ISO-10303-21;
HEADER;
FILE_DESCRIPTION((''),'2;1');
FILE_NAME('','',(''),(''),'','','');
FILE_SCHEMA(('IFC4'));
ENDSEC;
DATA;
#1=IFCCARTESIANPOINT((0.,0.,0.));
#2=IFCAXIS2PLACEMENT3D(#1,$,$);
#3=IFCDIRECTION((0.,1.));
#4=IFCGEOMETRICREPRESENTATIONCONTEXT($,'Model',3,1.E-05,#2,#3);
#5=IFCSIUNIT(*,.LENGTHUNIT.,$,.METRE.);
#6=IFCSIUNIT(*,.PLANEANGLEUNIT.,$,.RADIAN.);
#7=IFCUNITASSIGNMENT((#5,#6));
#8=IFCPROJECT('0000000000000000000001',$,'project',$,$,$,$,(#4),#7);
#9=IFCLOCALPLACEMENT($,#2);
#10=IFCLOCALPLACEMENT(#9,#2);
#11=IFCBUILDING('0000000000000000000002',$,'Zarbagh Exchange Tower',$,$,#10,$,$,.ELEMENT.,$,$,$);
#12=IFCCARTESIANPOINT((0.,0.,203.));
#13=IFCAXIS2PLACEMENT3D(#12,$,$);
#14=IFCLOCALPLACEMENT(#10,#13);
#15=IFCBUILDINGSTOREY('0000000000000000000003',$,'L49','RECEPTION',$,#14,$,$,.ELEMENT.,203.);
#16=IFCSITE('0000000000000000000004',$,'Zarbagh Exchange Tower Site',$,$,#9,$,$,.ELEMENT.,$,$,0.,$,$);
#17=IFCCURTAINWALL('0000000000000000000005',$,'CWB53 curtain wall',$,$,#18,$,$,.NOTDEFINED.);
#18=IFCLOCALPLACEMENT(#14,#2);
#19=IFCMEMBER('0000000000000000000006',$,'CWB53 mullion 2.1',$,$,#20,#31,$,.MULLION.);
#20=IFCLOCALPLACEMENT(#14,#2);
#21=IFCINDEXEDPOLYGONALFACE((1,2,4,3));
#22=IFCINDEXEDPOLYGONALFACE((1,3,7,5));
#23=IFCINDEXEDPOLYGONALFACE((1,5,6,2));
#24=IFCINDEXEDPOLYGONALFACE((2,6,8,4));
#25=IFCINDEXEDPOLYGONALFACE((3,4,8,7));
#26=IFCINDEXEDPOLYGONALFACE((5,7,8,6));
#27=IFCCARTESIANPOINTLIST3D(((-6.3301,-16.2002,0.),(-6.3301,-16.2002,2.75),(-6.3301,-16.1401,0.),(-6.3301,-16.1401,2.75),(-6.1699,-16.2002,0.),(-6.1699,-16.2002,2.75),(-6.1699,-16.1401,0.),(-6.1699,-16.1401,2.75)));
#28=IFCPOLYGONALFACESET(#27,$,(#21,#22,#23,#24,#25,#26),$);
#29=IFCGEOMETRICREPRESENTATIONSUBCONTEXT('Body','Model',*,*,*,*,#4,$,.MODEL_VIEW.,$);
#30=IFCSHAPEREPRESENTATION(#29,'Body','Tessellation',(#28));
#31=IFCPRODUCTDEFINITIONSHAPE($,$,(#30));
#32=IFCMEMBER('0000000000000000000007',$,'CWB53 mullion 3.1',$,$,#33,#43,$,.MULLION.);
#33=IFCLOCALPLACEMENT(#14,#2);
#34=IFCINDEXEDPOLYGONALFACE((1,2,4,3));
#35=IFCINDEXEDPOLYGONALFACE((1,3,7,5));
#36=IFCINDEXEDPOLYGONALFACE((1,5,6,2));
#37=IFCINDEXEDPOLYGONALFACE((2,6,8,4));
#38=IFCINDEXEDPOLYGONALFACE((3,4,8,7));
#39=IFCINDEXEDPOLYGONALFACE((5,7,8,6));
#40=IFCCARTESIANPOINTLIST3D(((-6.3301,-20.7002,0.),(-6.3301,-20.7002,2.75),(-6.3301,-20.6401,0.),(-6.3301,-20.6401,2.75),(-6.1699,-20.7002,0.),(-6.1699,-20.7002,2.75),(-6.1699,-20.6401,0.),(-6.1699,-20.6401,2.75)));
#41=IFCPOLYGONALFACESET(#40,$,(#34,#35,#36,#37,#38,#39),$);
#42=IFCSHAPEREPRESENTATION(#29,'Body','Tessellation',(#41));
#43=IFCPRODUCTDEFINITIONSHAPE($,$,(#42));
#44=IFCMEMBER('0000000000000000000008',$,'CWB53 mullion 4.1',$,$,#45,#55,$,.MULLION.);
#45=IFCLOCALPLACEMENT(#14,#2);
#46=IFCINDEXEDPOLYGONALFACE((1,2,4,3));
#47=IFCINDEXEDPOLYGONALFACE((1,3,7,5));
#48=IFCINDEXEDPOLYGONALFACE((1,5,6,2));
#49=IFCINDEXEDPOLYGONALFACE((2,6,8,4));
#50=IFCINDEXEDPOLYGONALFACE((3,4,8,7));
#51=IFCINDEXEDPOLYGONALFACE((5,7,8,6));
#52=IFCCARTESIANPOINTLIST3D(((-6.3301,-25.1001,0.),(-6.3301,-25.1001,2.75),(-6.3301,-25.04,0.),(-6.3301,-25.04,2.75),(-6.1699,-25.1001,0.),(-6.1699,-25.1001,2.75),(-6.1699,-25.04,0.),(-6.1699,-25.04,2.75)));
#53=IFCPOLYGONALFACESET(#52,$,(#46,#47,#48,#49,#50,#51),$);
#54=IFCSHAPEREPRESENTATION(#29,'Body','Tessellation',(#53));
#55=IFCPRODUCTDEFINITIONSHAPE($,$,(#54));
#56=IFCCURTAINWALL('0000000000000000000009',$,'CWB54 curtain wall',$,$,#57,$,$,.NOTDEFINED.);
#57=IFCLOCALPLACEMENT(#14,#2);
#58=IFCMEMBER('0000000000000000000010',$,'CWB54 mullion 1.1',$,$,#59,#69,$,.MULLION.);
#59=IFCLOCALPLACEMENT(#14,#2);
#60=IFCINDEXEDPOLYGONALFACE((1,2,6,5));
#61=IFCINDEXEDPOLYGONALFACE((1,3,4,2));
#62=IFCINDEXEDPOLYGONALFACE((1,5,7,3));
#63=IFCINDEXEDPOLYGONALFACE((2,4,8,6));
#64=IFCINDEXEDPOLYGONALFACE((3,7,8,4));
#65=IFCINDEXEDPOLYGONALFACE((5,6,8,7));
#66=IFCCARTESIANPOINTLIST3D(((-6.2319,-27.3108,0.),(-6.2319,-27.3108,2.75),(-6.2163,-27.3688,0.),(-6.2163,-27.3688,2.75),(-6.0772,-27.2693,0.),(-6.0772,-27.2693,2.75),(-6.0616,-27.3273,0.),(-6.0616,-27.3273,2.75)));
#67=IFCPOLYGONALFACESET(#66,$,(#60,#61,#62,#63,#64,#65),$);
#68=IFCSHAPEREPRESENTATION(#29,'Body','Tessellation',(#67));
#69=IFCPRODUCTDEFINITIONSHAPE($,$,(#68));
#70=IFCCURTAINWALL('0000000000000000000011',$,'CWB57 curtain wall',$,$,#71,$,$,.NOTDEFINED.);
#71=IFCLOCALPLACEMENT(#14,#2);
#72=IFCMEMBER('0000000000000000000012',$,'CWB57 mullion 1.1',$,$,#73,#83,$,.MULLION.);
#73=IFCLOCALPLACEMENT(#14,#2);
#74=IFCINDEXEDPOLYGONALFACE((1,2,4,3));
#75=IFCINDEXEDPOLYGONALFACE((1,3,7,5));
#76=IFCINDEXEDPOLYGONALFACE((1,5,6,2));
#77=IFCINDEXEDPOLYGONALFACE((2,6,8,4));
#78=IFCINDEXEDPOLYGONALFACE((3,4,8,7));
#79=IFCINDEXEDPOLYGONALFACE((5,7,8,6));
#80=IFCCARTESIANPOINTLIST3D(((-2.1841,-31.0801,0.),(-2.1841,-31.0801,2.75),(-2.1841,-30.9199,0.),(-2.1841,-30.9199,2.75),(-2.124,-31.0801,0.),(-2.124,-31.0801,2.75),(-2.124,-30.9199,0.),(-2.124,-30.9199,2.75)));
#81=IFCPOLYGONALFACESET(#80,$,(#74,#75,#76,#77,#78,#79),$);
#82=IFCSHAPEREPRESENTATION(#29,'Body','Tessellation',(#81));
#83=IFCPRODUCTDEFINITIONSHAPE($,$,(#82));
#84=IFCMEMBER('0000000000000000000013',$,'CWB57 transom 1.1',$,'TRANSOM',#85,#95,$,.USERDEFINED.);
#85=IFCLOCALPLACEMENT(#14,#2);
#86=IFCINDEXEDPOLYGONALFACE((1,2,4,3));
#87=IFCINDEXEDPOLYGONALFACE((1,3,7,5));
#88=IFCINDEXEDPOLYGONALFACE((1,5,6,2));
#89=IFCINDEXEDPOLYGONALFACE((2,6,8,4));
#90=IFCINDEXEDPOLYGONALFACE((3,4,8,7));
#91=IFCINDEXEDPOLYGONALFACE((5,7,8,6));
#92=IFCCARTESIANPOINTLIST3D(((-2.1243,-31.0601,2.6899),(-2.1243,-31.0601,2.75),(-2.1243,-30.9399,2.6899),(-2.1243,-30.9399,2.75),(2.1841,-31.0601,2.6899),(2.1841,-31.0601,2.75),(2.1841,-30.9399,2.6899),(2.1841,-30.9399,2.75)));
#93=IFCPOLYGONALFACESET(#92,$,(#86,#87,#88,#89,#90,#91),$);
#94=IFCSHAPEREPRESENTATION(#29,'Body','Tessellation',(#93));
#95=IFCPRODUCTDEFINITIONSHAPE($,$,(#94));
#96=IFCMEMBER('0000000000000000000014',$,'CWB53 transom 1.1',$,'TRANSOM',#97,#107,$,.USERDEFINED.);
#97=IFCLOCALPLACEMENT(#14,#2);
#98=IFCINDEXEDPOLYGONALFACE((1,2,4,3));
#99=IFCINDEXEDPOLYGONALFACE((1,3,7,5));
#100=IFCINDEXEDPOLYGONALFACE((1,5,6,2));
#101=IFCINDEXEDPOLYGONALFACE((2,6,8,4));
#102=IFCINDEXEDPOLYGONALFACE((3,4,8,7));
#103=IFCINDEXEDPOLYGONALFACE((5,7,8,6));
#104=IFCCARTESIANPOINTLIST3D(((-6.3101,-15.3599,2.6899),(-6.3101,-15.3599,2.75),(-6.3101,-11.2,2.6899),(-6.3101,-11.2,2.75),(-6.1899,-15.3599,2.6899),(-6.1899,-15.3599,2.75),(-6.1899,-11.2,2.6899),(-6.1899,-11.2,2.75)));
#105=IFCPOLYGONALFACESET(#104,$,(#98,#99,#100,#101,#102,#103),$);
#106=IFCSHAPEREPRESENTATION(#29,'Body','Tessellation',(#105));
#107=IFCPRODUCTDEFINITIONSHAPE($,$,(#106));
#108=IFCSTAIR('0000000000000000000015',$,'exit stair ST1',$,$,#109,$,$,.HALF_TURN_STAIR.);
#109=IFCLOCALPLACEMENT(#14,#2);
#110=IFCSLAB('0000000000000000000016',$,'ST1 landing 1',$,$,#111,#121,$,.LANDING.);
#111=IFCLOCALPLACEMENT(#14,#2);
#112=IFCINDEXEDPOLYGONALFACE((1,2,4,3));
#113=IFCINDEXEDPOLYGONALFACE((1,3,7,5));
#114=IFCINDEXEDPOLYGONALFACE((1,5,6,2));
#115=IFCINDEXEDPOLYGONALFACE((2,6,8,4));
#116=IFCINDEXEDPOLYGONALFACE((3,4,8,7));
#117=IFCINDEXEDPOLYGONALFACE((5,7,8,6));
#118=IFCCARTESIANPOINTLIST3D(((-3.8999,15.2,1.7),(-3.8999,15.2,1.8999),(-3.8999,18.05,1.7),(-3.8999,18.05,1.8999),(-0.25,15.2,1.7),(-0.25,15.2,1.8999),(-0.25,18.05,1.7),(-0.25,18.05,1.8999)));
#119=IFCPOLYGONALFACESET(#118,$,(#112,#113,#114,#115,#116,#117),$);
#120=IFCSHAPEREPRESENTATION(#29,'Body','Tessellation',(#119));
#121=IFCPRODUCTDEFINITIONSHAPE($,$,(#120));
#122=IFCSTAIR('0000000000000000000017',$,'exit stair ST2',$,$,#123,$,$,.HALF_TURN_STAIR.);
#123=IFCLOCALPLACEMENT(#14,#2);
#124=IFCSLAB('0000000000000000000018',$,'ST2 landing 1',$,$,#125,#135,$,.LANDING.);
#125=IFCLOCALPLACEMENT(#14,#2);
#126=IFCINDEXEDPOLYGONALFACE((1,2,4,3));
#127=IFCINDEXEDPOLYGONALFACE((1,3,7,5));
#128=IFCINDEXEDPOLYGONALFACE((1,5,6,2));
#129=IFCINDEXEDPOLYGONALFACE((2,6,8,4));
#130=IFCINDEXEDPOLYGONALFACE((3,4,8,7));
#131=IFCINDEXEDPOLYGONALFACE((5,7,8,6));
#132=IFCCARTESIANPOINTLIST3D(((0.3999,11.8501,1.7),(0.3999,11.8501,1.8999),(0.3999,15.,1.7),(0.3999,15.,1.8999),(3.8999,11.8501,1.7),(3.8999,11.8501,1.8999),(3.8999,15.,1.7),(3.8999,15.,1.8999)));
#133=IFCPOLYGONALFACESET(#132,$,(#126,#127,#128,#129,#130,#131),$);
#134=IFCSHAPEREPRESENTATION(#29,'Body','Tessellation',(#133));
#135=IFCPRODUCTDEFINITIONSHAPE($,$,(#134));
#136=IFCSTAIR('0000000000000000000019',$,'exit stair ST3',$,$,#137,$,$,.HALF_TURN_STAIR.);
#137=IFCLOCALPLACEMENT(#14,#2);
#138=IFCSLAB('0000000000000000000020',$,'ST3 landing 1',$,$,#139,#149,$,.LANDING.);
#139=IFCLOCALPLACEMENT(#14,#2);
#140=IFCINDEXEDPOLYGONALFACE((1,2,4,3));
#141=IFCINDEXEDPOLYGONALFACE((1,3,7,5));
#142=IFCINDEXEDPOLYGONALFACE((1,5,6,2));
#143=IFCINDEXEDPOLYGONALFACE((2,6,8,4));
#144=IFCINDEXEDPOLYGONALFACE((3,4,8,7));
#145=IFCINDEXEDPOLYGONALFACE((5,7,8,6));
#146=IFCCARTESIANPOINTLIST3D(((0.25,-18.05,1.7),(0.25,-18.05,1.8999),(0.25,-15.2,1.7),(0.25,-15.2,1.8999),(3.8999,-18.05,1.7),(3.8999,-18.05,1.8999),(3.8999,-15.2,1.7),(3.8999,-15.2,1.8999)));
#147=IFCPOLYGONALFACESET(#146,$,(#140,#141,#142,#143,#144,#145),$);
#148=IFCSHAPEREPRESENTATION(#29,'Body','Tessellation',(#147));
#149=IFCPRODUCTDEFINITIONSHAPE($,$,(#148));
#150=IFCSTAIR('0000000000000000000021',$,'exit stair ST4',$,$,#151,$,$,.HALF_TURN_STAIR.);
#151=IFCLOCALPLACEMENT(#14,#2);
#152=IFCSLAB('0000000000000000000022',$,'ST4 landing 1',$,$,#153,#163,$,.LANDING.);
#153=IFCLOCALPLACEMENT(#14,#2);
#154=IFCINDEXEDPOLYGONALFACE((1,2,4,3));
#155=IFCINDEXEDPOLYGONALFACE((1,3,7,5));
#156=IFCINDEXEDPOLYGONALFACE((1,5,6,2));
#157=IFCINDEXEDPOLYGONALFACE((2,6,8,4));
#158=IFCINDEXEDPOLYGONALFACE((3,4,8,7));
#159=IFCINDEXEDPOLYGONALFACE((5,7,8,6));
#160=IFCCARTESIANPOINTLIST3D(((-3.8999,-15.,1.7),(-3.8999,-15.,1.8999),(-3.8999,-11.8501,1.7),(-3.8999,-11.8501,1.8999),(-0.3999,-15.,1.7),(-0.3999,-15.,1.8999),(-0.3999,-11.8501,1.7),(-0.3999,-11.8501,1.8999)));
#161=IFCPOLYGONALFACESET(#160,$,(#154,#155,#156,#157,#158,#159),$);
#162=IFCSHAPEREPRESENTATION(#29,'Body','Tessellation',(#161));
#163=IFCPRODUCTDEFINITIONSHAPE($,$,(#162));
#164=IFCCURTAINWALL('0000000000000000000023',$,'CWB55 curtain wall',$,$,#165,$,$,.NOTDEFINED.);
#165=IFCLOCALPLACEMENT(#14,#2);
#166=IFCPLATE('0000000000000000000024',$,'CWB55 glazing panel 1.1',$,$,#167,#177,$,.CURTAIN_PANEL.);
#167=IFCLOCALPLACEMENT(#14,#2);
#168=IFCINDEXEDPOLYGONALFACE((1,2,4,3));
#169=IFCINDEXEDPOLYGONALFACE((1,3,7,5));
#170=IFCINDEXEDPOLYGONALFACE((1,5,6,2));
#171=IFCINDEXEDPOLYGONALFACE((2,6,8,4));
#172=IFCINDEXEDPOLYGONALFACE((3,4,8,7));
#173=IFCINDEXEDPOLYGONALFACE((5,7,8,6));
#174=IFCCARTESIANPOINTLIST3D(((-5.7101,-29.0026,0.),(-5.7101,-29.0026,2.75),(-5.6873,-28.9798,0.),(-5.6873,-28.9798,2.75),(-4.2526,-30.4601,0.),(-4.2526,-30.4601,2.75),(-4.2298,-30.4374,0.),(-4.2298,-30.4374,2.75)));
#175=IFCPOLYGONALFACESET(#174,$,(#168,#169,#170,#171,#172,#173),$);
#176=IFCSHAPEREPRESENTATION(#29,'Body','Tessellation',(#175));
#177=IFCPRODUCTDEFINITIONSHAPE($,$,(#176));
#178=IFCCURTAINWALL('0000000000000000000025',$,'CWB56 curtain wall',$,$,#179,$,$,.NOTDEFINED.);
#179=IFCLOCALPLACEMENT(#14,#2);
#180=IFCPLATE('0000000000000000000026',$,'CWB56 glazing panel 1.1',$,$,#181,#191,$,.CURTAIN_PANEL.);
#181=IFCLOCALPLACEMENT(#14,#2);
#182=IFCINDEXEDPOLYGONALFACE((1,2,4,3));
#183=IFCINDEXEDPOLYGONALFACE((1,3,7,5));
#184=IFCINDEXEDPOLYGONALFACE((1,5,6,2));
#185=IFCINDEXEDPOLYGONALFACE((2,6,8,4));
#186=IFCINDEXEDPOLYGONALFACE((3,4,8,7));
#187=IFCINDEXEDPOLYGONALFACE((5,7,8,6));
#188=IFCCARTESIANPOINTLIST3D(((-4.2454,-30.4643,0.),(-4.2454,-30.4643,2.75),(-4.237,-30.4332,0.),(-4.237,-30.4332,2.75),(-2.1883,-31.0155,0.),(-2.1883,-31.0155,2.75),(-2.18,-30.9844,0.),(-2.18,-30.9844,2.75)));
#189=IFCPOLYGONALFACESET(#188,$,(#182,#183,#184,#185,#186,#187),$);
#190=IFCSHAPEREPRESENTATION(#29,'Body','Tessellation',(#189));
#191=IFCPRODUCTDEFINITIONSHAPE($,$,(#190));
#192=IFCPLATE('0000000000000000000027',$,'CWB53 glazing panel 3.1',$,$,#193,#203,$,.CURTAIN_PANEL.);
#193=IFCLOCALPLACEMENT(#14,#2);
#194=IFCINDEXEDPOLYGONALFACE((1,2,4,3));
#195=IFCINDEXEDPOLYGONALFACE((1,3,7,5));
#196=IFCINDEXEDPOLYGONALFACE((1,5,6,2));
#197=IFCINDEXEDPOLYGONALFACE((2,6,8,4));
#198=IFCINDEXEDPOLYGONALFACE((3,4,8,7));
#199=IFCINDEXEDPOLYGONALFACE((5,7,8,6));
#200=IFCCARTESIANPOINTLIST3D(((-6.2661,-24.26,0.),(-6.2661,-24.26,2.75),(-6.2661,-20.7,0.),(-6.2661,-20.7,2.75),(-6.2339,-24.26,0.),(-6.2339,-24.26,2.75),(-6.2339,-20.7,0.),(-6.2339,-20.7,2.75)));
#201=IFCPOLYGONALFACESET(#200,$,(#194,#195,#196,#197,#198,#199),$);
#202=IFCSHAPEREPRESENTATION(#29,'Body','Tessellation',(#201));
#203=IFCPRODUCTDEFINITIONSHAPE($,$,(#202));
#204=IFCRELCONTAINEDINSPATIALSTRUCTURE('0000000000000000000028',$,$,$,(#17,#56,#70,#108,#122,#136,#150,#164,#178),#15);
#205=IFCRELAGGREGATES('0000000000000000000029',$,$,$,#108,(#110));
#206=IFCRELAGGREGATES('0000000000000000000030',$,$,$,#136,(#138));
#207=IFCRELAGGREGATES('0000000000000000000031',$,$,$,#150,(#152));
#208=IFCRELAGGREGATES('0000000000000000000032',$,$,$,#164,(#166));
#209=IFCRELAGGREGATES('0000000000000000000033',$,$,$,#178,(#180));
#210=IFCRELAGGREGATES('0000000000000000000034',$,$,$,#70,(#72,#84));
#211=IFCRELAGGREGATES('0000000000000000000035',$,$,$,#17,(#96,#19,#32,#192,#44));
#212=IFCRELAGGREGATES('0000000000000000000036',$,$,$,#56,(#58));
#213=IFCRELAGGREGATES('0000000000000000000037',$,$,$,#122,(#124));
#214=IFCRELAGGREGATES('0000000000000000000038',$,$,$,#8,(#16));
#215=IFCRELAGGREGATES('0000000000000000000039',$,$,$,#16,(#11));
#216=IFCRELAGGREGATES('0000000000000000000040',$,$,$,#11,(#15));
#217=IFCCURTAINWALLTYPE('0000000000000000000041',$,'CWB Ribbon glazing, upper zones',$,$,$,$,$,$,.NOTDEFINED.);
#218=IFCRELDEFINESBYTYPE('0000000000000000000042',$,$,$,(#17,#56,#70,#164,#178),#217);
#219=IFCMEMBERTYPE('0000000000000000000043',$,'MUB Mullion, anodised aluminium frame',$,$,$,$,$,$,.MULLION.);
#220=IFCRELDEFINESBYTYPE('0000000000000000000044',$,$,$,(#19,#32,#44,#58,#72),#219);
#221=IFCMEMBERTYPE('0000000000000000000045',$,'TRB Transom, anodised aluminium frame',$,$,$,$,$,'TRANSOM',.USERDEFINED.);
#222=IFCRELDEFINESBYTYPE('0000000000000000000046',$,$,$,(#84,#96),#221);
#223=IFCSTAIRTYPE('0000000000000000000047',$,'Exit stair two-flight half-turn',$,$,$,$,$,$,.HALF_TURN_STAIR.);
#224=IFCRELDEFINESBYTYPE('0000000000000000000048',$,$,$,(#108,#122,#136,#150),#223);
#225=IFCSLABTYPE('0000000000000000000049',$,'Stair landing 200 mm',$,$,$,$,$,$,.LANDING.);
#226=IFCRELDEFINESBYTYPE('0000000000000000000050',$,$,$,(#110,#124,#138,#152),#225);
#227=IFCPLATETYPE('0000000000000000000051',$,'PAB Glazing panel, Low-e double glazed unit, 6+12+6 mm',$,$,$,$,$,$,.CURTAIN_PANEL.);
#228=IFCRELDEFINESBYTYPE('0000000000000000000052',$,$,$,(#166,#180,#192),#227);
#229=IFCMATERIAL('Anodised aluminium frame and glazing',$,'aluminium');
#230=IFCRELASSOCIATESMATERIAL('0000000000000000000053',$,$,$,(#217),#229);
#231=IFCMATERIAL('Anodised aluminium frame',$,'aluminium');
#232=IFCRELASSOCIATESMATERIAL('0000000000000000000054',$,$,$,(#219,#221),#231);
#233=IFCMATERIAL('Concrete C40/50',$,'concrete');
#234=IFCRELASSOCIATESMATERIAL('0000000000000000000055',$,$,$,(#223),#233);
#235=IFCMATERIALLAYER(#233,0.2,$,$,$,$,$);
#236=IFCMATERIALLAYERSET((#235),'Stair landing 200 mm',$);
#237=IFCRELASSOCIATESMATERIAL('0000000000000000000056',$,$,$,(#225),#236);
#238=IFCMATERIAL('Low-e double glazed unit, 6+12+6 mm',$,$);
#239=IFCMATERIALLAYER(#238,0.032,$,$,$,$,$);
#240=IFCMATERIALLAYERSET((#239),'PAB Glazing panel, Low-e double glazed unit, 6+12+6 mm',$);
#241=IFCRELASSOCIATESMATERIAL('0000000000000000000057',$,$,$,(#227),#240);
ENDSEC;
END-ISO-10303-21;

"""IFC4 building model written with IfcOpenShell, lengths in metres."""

from ifc_helpers import new_model, si_unit, direction, frame, origin, place, context, subcontext, project, spatial, polyline, outline, extrude, source, transform, mapped, material, layer, layer_set, type_object, element, aggregate, save


model = new_model("IFC4")

# Units and contexts
model_context = context("Model", 3, precision=1e-05, world=origin(), true_north=direction((0.0, 1.0)))
body_context = subcontext(model_context, "Body", "Model", "MODEL_VIEW")
ifc_project = project(units=[si_unit("LENGTHUNIT", "METRE"), si_unit("PLANEANGLEUNIT", "RADIAN")], contexts=[model_context])

# Site, building, storey
site_placement = place(None, origin())
site = spatial("IfcSite", under=ifc_project, at=site_placement, Name="Zarbagh Exchange Tower Site", CompositionType="ELEMENT", RefElevation=0.0)
building_placement = place(site_placement, origin())
building = spatial("IfcBuilding", under=site, at=building_placement, Name="Zarbagh Exchange Tower", CompositionType="ELEMENT")
storey_placement = place(building_placement, frame((0.0, 0.0, 203.0)))
storey = spatial("IfcBuildingStorey", under=building, at=storey_placement, Name="L49", Description="RECEPTION", CompositionType="ELEMENT", Elevation=203.0)

# Curtain wall, members
ifc_material_1 = material(Name="Anodised aluminium frame and glazing", Category="aluminium")
curtain_wall_type = type_object("IfcCurtainWallType", Name="CWB Ribbon glazing, upper zones", PredefinedType="NOTDEFINED", material=ifc_material_1)
curtain_wall_1_placement = place(storey_placement, origin())
curtain_wall_1 = element("IfcCurtainWall", 1, at=curtain_wall_1_placement, inside=storey, type_object=curtain_wall_type, Name="CWB53 curtain wall", PredefinedType="NOTDEFINED")
ifc_material_2 = material(Name="Anodised aluminium frame", Category="aluminium")
member_type_1 = type_object("IfcMemberType", Name="MUB Mullion, anodised aluminium frame", PredefinedType="MULLION", material=ifc_material_2)
shared_shape_1 = source(origin(), body_context, "Body", "SweptSolid", [
    extrude(outline(polyline([(0.0, -0.0801), (0.0601, -0.0801), (0.0601, 0.0801), (0.0, 0.0801), (0.0, -0.0801)])), origin(), (0.0, 0.0, 1.0), 2.75),
])
placement = place(storey_placement, origin())
member_1 = element("IfcMember", 2, at=placement, type_object=member_type_1, Name="CWB53 mullion 2.1", PredefinedType="MULLION", context=body_context, shape_type="MappedRepresentation", body=[
    mapped(shared_shape_1, transform((-6.25, -16.1401, 0.0), x_axis=(0.0, -1.0, 0.0), y_axis=(1.0, 0.0, 0.0), z_axis=(0.0, 0.0, 1.0))),
])
member_2 = element("IfcMember", 3, at=placement, type_object=member_type_1, Name="CWB53 mullion 3.1", PredefinedType="MULLION", context=body_context, shape_type="MappedRepresentation", body=[
    mapped(shared_shape_1, transform((-6.25, -20.6401, 0.0), x_axis=(0.0, -1.0, 0.0), y_axis=(1.0, 0.0, 0.0), z_axis=(0.0, 0.0, 1.0))),
])
member_3 = element("IfcMember", 4, at=placement, type_object=member_type_1, Name="CWB53 mullion 4.1", PredefinedType="MULLION", context=body_context, shape_type="MappedRepresentation", body=[
    mapped(shared_shape_1, transform((-6.25, -25.04, 0.0), x_axis=(0.0, -1.0, 0.0), y_axis=(1.0, 0.0, 0.0), z_axis=(0.0, 0.0, 1.0))),
])

# Curtain wall, member
curtain_wall_2_placement = place(storey_placement, origin())
curtain_wall_2 = element("IfcCurtainWall", 5, at=curtain_wall_2_placement, inside=storey, type_object=curtain_wall_type, Name="CWB54 curtain wall", PredefinedType="NOTDEFINED")
member_4 = element("IfcMember", 6, at=placement, type_object=member_type_1, Name="CWB54 mullion 1.1", PredefinedType="MULLION", context=body_context, shape_type="MappedRepresentation", body=[
    mapped(shared_shape_1, transform((-6.1545, -27.29, 0.0), x_axis=(0.258825, -0.965924, 0.0), y_axis=(0.965924, 0.258825, 0.0), z_axis=(0.0, 0.0, 1.0))),
])

# Curtain wall, members
curtain_wall_3_placement = place(storey_placement, origin())
curtain_wall_3 = element("IfcCurtainWall", 7, at=curtain_wall_3_placement, inside=storey, type_object=curtain_wall_type, Name="CWB57 curtain wall", PredefinedType="NOTDEFINED")
member_5 = element("IfcMember", 8, at=placement, type_object=member_type_1, Name="CWB57 mullion 1.1", PredefinedType="MULLION", context=body_context, shape_type="MappedRepresentation", body=[
    mapped(shared_shape_1, transform((-2.1841, -31.0, 0.0), x_axis=(1.0, 0.0, 0.0), y_axis=(0.0, 1.0, 0.0), z_axis=(0.0, 0.0, 1.0))),
])
member_type_2 = type_object("IfcMemberType", Name="TRB Transom, anodised aluminium frame", ElementType="TRANSOM", PredefinedType="USERDEFINED", material=ifc_material_2)
shared_shape_2 = source(origin(), body_context, "Body", "SweptSolid", [
    extrude(outline(polyline([(-0.0601, -0.0601), (0.0, -0.0601), (0.0, 0.0601), (-0.0601, 0.0601), (-0.0601, -0.0601)])), origin(), (0.0, 0.0, 1.0), 4.3083),
])
member_6 = element("IfcMember", 9, at=placement, type_object=member_type_2, Name="CWB57 transom 1.1", ObjectType="TRANSOM", PredefinedType="USERDEFINED", context=body_context, shape_type="MappedRepresentation", body=[
    mapped(shared_shape_2, transform((-2.1243, -31.0, 2.75), x_axis=(0.0, 0.0, 1.0), y_axis=(0.0, -1.0, 0.0), z_axis=(1.0, 0.0, 0.0))),
])

# Member
shared_shape_3 = source(origin(), body_context, "Body", "SweptSolid", [
    extrude(outline(polyline([(-0.0601, -0.0601), (0.0, -0.0601), (0.0, 0.0601), (-0.0601, 0.0601), (-0.0601, -0.0601)])), origin(), (0.0, 0.0, 1.0), 4.1599),
])
member_7 = element("IfcMember", 10, at=placement, type_object=member_type_2, Name="CWB53 transom 1.1", ObjectType="TRANSOM", PredefinedType="USERDEFINED", context=body_context, shape_type="MappedRepresentation", body=[
    mapped(shared_shape_3, transform((-6.25, -11.2, 2.75), x_axis=(0.0, 0.0, 1.0), y_axis=(-1.0, 0.0, 0.0), z_axis=(0.0, -1.0, 0.0))),
])

# Stairs, slabs
ifc_material_3 = material(Name="Concrete C40/50", Category="concrete")
stair_type = type_object("IfcStairType", Name="Exit stair two-flight half-turn", PredefinedType="HALF_TURN_STAIR", material=ifc_material_3)
stair_1_placement = place(storey_placement, origin())
stair_1 = element("IfcStair", 11, at=stair_1_placement, inside=storey, type_object=stair_type, Name="exit stair ST1", PredefinedType="HALF_TURN_STAIR")
ifc_layer_1 = layer(ifc_material_3, 0.2)
ifc_layer_set_1 = layer_set([ifc_layer_1], Name="Stair landing 200 mm")
slab_type = type_object("IfcSlabType", Name="Stair landing 200 mm", PredefinedType="LANDING", material=ifc_layer_set_1)
slab_1_placement = place(storey_placement, frame((0.0, 0.0, 1.7)))
slab_1 = element("IfcSlab", 12, at=slab_1_placement, type_object=slab_type, Name="ST1 landing 1", PredefinedType="LANDING", context=body_context, shape_type="SweptSolid", body=[
    extrude(outline(polyline([(-0.25, 18.05), (-3.8999, 18.05), (-3.8999, 15.2), (-0.25, 15.2), (-0.25, 18.05)])), origin(), (0.0, 0.0, 1.0), 0.2),
])
aggregate(stair_1, [slab_1])
stair_2_placement = place(storey_placement, origin())
stair_2 = element("IfcStair", 13, at=stair_2_placement, inside=storey, type_object=stair_type, Name="exit stair ST2", PredefinedType="HALF_TURN_STAIR")
slab_2_placement = place(storey_placement, frame((0.0, 0.0, 1.7)))
slab_2 = element("IfcSlab", 14, at=slab_2_placement, type_object=slab_type, Name="ST2 landing 1", PredefinedType="LANDING", context=body_context, shape_type="SweptSolid", body=[
    extrude(outline(polyline([(0.3999, 11.8501), (3.8999, 11.8501), (3.8999, 15.0), (0.3999, 15.0), (0.3999, 11.8501)])), origin(), (0.0, 0.0, 1.0), 0.2),
])
stair_3_placement = place(storey_placement, origin())
stair_3 = element("IfcStair", 15, at=stair_3_placement, inside=storey, type_object=stair_type, Name="exit stair ST3", PredefinedType="HALF_TURN_STAIR")
slab_3_placement = place(storey_placement, frame((0.0, 0.0, 1.7)))
slab_3 = element("IfcSlab", 16, at=slab_3_placement, type_object=slab_type, Name="ST3 landing 1", PredefinedType="LANDING", context=body_context, shape_type="SweptSolid", body=[
    extrude(outline(polyline([(0.25, -18.05), (3.8999, -18.05), (3.8999, -15.2), (0.25, -15.2), (0.25, -18.05)])), origin(), (0.0, 0.0, 1.0), 0.2),
])
aggregate(stair_3, [slab_3])
stair_4_placement = place(storey_placement, origin())
stair_4 = element("IfcStair", 17, at=stair_4_placement, inside=storey, type_object=stair_type, Name="exit stair ST4", PredefinedType="HALF_TURN_STAIR")
slab_4_placement = place(storey_placement, frame((0.0, 0.0, 1.7)))
slab_4 = element("IfcSlab", 18, at=slab_4_placement, type_object=slab_type, Name="ST4 landing 1", PredefinedType="LANDING", context=body_context, shape_type="SweptSolid", body=[
    extrude(outline(polyline([(-0.3999, -11.8501), (-3.8999, -11.8501), (-3.8999, -15.0), (-0.3999, -15.0), (-0.3999, -11.8501)])), origin(), (0.0, 0.0, 1.0), 0.2),
])
aggregate(stair_4, [slab_4])

# Curtain walls, plates
curtain_wall_4_placement = place(storey_placement, origin())
curtain_wall_4 = element("IfcCurtainWall", 19, at=curtain_wall_4_placement, inside=storey, type_object=curtain_wall_type, Name="CWB55 curtain wall", PredefinedType="NOTDEFINED")
ifc_material_4 = material(Name="Low-e double glazed unit, 6+12+6 mm")
ifc_layer_2 = layer(ifc_material_4, 0.032)
ifc_layer_set_2 = layer_set([ifc_layer_2], Name="PAB Glazing panel, Low-e double glazed unit, 6+12+6 mm")
plate_type = type_object("IfcPlateType", Name="PAB Glazing panel, Low-e double glazed unit, 6+12+6 mm", PredefinedType="CURTAIN_PANEL", material=ifc_layer_set_2)
shared_shape_4 = source(origin(), body_context, "Body", "SweptSolid", [
    extrude(outline(polyline([(0.0, -0.0161), (2.0613, -0.0161), (2.0613, 0.0161), (0.0, 0.0161), (0.0, -0.0161)])), origin(), (0.0, 0.0, 1.0), 2.75),
])
plate_1 = element("IfcPlate", 20, at=placement, type_object=plate_type, Name="CWB55 glazing panel 1.1", PredefinedType="CURTAIN_PANEL", context=body_context, shape_type="MappedRepresentation", body=[
    mapped(shared_shape_4, transform((-5.6987, -28.9912, 0.0), x_axis=(0.707107, -0.707107, 0.0), y_axis=(0.707107, 0.707107, 0.0), z_axis=(0.0, 0.0, 1.0))),
])
aggregate(curtain_wall_4, [plate_1])
curtain_wall_5_placement = place(storey_placement, origin())
curtain_wall_5 = element("IfcCurtainWall", 21, at=curtain_wall_5_placement, inside=storey, type_object=curtain_wall_type, Name="CWB56 curtain wall", PredefinedType="NOTDEFINED")
shared_shape_5 = source(origin(), body_context, "Body", "SweptSolid", [
    extrude(outline(polyline([(0.0, -0.0161), (2.1296, -0.0161), (2.1296, 0.0161), (0.0, 0.0161), (0.0, -0.0161)])), origin(), (0.0, 0.0, 1.0), 2.75),
])
plate_2 = element("IfcPlate", 22, at=placement, type_object=plate_type, Name="CWB56 glazing panel 1.1", PredefinedType="CURTAIN_PANEL", context=body_context, shape_type="MappedRepresentation", body=[
    mapped(shared_shape_5, transform((-4.2412, -30.4487, 0.0), x_axis=(0.965924, -0.258825, 0.0), y_axis=(0.258825, 0.965924, 0.0), z_axis=(0.0, 0.0, 1.0))),
])
aggregate(curtain_wall_5, [plate_2])

# Plate
shared_shape_6 = source(origin(), body_context, "Body", "SweptSolid", [
    extrude(outline(polyline([(0.0, -0.0161), (3.5601, -0.0161), (3.5601, 0.0161), (0.0, 0.0161), (0.0, -0.0161)])), origin(), (0.0, 0.0, 1.0), 2.75),
])
plate_3 = element("IfcPlate", 23, at=placement, type_object=plate_type, Name="CWB53 glazing panel 3.1", PredefinedType="CURTAIN_PANEL", context=body_context, shape_type="MappedRepresentation", body=[
    mapped(shared_shape_6, transform((-6.25, -20.7, 0.0), x_axis=(0.0, -1.0, 0.0), y_axis=(1.0, 0.0, 0.0), z_axis=(0.0, 0.0, 1.0))),
])
aggregate(curtain_wall_3, [member_5, member_6])
aggregate(curtain_wall_1, [member_7, member_1, member_2, plate_3, member_3])
aggregate(curtain_wall_2, [member_4])

aggregate(stair_2, [slab_2])

save(model, "model.ifc")
